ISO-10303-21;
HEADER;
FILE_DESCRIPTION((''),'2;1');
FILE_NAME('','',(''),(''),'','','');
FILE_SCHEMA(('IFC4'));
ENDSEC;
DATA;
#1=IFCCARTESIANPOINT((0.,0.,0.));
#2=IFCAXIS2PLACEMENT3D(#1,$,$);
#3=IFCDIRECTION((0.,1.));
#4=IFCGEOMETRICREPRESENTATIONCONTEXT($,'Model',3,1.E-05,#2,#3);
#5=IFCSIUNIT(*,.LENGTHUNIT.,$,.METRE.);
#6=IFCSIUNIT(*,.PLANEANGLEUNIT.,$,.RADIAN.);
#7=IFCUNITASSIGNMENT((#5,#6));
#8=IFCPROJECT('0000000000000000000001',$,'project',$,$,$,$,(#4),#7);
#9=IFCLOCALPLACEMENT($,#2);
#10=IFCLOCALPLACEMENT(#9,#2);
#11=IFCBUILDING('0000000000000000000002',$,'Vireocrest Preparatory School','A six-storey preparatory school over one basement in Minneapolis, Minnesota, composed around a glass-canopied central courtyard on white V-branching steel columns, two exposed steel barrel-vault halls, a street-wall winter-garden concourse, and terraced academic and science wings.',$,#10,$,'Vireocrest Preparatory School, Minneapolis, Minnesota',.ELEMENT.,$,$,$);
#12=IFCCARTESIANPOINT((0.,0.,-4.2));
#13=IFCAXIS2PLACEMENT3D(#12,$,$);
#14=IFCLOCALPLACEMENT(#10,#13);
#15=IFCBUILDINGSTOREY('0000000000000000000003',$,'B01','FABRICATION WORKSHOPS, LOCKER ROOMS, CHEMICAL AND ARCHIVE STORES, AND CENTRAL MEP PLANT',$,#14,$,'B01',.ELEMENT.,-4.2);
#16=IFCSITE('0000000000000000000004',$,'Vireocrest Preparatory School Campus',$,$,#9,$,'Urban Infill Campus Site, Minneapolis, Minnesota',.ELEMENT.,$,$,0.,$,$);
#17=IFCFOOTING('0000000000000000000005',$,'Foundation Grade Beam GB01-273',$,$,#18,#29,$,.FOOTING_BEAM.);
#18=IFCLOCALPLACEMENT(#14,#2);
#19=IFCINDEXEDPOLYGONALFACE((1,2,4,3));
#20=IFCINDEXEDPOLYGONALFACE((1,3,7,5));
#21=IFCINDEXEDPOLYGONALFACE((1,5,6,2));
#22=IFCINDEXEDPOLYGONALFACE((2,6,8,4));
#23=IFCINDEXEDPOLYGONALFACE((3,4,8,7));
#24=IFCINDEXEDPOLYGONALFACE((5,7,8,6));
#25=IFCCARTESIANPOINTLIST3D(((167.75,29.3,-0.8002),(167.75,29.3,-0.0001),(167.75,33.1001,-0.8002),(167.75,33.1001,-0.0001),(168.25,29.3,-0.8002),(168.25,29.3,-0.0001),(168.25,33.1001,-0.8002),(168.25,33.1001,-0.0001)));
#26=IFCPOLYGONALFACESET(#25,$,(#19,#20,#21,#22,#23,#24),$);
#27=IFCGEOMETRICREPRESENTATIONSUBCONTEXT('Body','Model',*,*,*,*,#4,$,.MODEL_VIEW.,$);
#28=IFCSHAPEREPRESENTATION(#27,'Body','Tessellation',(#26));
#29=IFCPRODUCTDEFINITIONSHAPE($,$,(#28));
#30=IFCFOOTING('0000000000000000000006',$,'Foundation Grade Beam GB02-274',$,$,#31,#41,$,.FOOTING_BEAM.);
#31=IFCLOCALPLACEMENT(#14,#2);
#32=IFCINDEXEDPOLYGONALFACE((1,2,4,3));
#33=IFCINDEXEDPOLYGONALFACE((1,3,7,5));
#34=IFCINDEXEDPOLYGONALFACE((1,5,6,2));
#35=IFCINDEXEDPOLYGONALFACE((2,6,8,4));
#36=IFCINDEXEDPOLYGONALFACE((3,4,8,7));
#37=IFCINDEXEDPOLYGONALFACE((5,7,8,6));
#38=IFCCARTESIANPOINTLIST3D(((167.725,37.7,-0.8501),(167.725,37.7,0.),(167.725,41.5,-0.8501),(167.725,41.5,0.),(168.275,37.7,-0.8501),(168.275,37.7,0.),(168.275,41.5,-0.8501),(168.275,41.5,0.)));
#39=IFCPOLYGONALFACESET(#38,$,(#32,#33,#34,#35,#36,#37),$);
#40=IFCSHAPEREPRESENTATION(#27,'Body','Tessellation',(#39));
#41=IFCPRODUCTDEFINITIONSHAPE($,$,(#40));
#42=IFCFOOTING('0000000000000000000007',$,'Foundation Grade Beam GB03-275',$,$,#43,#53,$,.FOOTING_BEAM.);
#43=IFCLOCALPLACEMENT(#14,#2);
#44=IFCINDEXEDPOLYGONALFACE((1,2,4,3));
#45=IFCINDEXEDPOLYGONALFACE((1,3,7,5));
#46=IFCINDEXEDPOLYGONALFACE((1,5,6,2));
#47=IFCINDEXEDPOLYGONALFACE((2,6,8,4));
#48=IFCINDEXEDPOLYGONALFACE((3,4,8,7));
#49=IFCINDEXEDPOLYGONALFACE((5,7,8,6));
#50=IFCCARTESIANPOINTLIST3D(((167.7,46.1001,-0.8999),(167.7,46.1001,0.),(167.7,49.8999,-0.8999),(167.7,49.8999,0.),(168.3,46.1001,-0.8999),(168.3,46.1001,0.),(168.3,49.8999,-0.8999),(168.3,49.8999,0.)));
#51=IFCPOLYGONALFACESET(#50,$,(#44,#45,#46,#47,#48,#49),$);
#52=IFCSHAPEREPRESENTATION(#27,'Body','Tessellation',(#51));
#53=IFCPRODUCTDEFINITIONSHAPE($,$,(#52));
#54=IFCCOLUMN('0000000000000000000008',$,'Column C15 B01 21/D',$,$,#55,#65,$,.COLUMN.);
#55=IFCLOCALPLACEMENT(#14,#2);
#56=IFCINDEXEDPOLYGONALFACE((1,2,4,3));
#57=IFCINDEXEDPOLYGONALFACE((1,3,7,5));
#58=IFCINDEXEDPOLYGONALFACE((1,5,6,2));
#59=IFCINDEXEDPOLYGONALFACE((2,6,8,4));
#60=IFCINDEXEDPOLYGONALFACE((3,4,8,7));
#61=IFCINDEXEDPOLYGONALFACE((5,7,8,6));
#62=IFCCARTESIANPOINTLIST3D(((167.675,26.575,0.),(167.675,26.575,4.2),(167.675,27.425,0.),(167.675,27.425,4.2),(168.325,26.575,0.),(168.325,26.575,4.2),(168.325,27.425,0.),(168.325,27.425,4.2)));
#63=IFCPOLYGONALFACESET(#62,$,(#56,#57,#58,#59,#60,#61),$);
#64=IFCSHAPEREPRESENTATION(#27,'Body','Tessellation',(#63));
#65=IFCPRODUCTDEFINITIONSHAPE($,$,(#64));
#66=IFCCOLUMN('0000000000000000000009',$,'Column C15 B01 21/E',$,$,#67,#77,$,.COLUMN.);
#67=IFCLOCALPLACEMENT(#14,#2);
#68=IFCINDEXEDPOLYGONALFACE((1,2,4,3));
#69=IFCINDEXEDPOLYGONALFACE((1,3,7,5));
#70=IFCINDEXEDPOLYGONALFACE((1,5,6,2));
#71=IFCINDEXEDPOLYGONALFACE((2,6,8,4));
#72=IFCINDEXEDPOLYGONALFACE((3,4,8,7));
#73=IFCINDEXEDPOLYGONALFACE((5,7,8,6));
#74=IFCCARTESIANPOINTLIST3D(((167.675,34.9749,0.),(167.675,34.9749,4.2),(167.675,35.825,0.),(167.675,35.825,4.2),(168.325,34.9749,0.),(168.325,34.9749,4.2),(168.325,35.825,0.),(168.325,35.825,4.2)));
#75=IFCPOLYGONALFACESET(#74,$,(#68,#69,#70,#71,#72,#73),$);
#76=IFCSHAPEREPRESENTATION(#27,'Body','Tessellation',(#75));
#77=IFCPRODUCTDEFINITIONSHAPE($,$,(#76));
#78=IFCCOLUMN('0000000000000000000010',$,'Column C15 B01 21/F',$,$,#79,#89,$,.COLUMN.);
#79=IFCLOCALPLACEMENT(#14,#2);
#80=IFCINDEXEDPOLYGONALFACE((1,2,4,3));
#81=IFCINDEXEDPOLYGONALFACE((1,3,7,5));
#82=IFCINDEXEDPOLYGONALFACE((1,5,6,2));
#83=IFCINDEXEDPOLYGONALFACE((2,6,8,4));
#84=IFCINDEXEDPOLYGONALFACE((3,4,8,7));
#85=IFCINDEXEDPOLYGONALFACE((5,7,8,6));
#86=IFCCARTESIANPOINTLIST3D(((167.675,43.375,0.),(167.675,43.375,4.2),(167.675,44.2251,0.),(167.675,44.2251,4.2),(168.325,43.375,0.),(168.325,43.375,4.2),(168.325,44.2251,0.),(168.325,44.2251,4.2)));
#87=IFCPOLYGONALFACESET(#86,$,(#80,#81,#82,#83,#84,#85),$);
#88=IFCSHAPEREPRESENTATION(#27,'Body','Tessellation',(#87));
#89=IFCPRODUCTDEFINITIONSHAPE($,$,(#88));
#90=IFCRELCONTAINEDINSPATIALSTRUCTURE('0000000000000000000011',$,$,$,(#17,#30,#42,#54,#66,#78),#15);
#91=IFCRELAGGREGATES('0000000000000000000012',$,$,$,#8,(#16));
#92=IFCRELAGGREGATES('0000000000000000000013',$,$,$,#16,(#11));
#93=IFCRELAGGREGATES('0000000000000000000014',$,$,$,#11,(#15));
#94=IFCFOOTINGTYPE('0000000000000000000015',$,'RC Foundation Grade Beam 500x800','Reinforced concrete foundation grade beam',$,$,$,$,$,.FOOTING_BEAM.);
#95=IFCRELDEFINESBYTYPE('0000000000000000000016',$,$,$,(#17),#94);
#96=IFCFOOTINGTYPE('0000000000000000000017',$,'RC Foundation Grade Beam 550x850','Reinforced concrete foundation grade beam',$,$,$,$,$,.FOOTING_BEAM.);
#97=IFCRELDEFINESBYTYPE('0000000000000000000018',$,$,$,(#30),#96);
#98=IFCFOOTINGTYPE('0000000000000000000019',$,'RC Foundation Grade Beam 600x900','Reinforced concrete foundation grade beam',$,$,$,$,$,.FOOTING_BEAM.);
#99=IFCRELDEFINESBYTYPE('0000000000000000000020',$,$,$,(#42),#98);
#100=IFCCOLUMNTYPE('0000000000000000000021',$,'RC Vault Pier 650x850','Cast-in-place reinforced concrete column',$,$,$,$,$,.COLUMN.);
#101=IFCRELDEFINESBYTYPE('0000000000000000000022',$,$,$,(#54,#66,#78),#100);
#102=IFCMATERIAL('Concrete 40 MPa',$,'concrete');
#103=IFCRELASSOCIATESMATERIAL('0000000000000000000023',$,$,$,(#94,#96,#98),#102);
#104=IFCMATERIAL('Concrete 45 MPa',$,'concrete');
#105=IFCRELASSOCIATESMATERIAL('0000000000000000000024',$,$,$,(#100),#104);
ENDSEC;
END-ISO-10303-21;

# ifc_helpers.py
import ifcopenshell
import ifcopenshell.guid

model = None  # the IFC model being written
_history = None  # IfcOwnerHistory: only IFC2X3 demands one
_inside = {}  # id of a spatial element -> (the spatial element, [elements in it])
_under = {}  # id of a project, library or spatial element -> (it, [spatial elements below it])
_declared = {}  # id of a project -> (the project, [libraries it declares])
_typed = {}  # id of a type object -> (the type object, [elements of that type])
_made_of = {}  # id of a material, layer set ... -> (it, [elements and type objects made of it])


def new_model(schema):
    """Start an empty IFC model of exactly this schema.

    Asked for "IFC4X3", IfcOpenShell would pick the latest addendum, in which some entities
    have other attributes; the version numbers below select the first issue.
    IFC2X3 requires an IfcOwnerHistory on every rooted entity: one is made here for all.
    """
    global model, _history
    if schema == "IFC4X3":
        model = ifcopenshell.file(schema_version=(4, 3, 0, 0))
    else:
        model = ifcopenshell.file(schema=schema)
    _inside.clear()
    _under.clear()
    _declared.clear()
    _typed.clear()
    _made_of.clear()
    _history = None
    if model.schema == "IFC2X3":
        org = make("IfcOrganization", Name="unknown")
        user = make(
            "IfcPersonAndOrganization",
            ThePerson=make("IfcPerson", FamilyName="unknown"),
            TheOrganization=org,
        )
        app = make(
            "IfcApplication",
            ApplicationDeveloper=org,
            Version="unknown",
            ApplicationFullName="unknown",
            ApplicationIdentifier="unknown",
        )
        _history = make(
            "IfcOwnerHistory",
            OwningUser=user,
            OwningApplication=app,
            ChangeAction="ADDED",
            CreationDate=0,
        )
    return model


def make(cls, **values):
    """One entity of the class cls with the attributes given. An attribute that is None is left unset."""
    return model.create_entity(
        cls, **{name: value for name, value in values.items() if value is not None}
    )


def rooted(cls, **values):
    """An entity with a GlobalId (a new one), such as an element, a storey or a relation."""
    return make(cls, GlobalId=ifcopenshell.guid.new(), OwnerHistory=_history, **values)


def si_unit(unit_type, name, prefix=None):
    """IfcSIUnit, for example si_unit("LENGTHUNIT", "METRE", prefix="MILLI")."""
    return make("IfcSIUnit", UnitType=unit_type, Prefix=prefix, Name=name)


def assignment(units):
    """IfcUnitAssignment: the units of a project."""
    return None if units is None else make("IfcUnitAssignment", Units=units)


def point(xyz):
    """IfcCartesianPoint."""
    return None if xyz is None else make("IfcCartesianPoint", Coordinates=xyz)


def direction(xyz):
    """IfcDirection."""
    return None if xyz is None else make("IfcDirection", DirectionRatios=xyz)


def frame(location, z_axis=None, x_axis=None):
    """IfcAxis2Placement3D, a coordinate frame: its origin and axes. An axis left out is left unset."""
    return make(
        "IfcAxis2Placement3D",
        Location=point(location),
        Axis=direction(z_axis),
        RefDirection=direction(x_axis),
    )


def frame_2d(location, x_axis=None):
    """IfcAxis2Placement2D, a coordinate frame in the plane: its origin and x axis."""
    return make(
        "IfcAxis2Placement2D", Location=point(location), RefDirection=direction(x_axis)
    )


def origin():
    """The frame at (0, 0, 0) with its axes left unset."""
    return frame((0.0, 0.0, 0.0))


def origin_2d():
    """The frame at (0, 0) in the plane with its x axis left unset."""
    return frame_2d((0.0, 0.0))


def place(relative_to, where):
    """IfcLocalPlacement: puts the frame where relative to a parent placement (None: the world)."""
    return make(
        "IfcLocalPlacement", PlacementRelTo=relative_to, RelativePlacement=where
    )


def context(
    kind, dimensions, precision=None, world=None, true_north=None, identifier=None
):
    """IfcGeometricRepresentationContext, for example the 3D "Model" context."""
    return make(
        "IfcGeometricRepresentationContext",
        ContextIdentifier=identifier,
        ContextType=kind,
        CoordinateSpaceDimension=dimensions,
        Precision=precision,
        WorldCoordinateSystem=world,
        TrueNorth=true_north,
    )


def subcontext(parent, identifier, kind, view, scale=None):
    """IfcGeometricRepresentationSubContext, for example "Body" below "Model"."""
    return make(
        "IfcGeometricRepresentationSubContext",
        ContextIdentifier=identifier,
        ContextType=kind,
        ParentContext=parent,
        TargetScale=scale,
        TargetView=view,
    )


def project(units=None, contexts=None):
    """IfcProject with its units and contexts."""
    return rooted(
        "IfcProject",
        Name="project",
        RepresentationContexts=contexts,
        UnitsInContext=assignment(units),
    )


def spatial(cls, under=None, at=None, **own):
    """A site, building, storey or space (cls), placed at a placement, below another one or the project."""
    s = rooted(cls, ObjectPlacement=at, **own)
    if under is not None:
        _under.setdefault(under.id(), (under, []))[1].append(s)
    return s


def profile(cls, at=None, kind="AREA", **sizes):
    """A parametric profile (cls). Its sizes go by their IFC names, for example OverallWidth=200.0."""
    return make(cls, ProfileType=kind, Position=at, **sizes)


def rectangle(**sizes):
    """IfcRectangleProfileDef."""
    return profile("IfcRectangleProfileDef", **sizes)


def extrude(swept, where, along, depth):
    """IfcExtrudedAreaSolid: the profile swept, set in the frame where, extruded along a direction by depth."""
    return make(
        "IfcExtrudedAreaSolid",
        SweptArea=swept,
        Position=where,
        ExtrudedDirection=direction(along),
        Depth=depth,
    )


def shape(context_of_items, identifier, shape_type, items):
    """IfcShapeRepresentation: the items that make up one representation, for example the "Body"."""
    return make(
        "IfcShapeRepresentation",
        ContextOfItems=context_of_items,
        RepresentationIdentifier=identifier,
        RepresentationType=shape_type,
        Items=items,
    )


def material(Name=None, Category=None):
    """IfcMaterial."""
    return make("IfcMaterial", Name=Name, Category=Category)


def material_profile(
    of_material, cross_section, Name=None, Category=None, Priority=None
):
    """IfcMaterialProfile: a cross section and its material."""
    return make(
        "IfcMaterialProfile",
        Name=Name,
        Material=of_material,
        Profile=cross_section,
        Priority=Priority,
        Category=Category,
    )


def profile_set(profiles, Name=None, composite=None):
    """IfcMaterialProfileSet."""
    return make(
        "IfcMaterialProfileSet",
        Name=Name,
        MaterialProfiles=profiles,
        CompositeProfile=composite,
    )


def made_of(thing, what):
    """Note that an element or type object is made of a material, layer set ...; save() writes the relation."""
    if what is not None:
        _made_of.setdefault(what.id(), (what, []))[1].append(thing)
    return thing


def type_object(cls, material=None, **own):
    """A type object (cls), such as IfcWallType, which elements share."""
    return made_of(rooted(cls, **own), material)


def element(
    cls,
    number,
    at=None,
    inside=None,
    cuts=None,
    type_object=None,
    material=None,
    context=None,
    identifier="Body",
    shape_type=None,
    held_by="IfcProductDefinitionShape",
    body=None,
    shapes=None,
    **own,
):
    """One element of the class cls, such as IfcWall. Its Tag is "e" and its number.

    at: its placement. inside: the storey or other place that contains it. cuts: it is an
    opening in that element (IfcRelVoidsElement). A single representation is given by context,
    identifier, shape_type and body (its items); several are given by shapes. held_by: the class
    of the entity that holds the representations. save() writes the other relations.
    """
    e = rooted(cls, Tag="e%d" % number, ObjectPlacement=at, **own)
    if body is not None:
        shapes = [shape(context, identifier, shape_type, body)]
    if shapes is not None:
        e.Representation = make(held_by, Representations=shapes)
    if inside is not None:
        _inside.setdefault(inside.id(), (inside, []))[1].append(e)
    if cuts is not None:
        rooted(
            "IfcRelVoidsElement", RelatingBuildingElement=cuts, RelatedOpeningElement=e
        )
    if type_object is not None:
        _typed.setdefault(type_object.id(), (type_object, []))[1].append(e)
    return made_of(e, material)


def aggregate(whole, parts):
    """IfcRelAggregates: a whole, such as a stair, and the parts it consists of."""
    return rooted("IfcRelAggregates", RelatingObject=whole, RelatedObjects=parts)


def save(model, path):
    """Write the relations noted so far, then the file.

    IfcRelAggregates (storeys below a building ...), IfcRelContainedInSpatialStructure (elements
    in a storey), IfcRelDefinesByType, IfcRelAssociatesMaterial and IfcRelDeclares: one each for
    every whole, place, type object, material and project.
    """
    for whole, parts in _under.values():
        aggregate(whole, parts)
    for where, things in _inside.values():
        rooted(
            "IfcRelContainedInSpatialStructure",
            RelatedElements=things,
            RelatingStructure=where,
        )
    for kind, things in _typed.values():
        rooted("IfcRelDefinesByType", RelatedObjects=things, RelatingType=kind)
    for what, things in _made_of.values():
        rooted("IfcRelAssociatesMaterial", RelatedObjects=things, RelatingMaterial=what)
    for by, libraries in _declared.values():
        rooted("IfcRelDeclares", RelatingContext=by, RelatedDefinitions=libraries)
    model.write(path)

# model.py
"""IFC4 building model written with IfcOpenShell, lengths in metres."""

from ifc_helpers import new_model, si_unit, direction, frame, origin, origin_2d, place, context, subcontext, project, spatial, rectangle, extrude, material, material_profile, profile_set, type_object, element, save


model = new_model("IFC4")

# Units and contexts
model_context = context("Model", 3, precision=1e-05, world=origin(), true_north=direction((0.0, 1.0)))
body_context = subcontext(model_context, "Body", "Model", "MODEL_VIEW")
ifc_project = project(units=[si_unit("LENGTHUNIT", "METRE"), si_unit("PLANEANGLEUNIT", "RADIAN")], contexts=[model_context])

# Site, building, storey
site_placement = place(None, origin())
site = spatial("IfcSite", under=ifc_project, at=site_placement, Name="Vireocrest Preparatory School Campus", LongName="Urban Infill Campus Site, Minneapolis, Minnesota", CompositionType="ELEMENT", RefElevation=0.0)
building_placement = place(site_placement, origin())
building = spatial("IfcBuilding", under=site, at=building_placement, Name="Vireocrest Preparatory School", Description="A six-storey preparatory school over one basement in Minneapolis, Minnesota, composed around a glass-canopied central courtyard on white V-branching steel columns, two exposed steel barrel-vault halls, a street-wall winter-garden concourse, and terraced academic and science wings.", LongName="Vireocrest Preparatory School, Minneapolis, Minnesota", CompositionType="ELEMENT")
storey_placement = place(building_placement, frame((0.0, 0.0, -4.2)))
storey = spatial("IfcBuildingStorey", under=building, at=storey_placement, Name="B01", Description="FABRICATION WORKSHOPS, LOCKER ROOMS, CHEMICAL AND ARCHIVE STORES, AND CENTRAL MEP PLANT", LongName="B01", CompositionType="ELEMENT", Elevation=-4.2)

# Shared definitions
ifc_material_1 = material(Name="Concrete 40 MPa", Category="concrete")

# Footings
ifc_material_profile_1 = material_profile(ifc_material_1, rectangle(XDim=0.5, YDim=0.8, at=origin_2d()), Name="GB 500x800")
ifc_profile_set_1 = profile_set([ifc_material_profile_1], Name="Concrete 40 MPa")
footing_type_1 = type_object("IfcFootingType", Name="RC Foundation Grade Beam 500x800", Description="Reinforced concrete foundation grade beam", PredefinedType="FOOTING_BEAM", material=ifc_profile_set_1)
footing_1_placement = place(storey_placement, frame((168.0, 29.3, -0.4001), z_axis=(0.0, 1.0, 0.0), x_axis=(-1.0, 0.0, 0.0)))
element("IfcFooting", 1, at=footing_1_placement, inside=storey, type_object=footing_type_1, Name="Foundation Grade Beam GB01-273", PredefinedType="FOOTING_BEAM", context=body_context, shape_type="SweptSolid", body=[
    extrude(rectangle(XDim=0.5, YDim=0.8, at=origin_2d()), origin(), (0.0, 0.0, 1.0), 3.8),
])
ifc_material_profile_2 = material_profile(ifc_material_1, rectangle(XDim=0.55, YDim=0.8501, at=origin_2d()), Name="GB 550x850")
ifc_profile_set_2 = profile_set([ifc_material_profile_2], Name="Concrete 40 MPa")
footing_type_2 = type_object("IfcFootingType", Name="RC Foundation Grade Beam 550x850", Description="Reinforced concrete foundation grade beam", PredefinedType="FOOTING_BEAM", material=ifc_profile_set_2)
footing_2_placement = place(storey_placement, frame((168.0, 37.7, -0.425), z_axis=(0.0, 1.0, 0.0), x_axis=(-1.0, 0.0, 0.0)))
element("IfcFooting", 2, at=footing_2_placement, inside=storey, type_object=footing_type_2, Name="Foundation Grade Beam GB02-274", PredefinedType="FOOTING_BEAM", context=body_context, shape_type="SweptSolid", body=[
    extrude(rectangle(XDim=0.55, YDim=0.8501, at=origin_2d()), origin(), (0.0, 0.0, 1.0), 3.8),
])
ifc_material_profile_3 = material_profile(ifc_material_1, rectangle(XDim=0.6001, YDim=0.8999, at=origin_2d()), Name="GB 600x900")
ifc_profile_set_3 = profile_set([ifc_material_profile_3], Name="Concrete 40 MPa")
footing_type_3 = type_object("IfcFootingType", Name="RC Foundation Grade Beam 600x900", Description="Reinforced concrete foundation grade beam", PredefinedType="FOOTING_BEAM", material=ifc_profile_set_3)
footing_3_placement = place(storey_placement, frame((168.0, 46.1001, -0.45), z_axis=(0.0, 1.0, 0.0), x_axis=(-1.0, 0.0, 0.0)))
element("IfcFooting", 3, at=footing_3_placement, inside=storey, type_object=footing_type_3, Name="Foundation Grade Beam GB03-275", PredefinedType="FOOTING_BEAM", context=body_context, shape_type="SweptSolid", body=[
    extrude(rectangle(XDim=0.6001, YDim=0.8999, at=origin_2d()), origin(), (0.0, 0.0, 1.0), 3.7998),
])

# Columns
ifc_material_2 = material(Name="Concrete 45 MPa", Category="concrete")
ifc_material_profile_4 = material_profile(ifc_material_2, rectangle(XDim=0.6499, YDim=0.8501, at=origin_2d()), Name="RC 650x850")
ifc_profile_set_4 = profile_set([ifc_material_profile_4], Name="Concrete 45 MPa")
column_type = type_object("IfcColumnType", Name="RC Vault Pier 650x850", Description="Cast-in-place reinforced concrete column", PredefinedType="COLUMN", material=ifc_profile_set_4)
for number, where, z_axis, x_axis, name in (
    (4, (168.0, 27.0, 0.0), (0.0, 0.0, 1.0), (1.0, 0.0, 0.0), "Column C15 B01 21/D"),
    (5, (168.0, 35.3999, 0.0), (0.0, 0.0, 1.0), (1.0, 0.0, 0.0), "Column C15 B01 21/E"),
    (6, (168.0, 43.8, 0.0), (0.0, 0.0, 1.0), (1.0, 0.0, 0.0), "Column C15 B01 21/F"),
):
    element("IfcColumn", number, at=place(storey_placement, frame(where, z_axis=z_axis, x_axis=x_axis)), inside=storey, type_object=column_type, Name=name, PredefinedType="COLUMN", context=body_context, shape_type="SweptSolid", body=[
        extrude(rectangle(XDim=0.6499, YDim=0.8501, at=origin_2d()), origin(), (0.0, 0.0, 1.0), 4.2),
    ])

save(model, "model.ifc")
